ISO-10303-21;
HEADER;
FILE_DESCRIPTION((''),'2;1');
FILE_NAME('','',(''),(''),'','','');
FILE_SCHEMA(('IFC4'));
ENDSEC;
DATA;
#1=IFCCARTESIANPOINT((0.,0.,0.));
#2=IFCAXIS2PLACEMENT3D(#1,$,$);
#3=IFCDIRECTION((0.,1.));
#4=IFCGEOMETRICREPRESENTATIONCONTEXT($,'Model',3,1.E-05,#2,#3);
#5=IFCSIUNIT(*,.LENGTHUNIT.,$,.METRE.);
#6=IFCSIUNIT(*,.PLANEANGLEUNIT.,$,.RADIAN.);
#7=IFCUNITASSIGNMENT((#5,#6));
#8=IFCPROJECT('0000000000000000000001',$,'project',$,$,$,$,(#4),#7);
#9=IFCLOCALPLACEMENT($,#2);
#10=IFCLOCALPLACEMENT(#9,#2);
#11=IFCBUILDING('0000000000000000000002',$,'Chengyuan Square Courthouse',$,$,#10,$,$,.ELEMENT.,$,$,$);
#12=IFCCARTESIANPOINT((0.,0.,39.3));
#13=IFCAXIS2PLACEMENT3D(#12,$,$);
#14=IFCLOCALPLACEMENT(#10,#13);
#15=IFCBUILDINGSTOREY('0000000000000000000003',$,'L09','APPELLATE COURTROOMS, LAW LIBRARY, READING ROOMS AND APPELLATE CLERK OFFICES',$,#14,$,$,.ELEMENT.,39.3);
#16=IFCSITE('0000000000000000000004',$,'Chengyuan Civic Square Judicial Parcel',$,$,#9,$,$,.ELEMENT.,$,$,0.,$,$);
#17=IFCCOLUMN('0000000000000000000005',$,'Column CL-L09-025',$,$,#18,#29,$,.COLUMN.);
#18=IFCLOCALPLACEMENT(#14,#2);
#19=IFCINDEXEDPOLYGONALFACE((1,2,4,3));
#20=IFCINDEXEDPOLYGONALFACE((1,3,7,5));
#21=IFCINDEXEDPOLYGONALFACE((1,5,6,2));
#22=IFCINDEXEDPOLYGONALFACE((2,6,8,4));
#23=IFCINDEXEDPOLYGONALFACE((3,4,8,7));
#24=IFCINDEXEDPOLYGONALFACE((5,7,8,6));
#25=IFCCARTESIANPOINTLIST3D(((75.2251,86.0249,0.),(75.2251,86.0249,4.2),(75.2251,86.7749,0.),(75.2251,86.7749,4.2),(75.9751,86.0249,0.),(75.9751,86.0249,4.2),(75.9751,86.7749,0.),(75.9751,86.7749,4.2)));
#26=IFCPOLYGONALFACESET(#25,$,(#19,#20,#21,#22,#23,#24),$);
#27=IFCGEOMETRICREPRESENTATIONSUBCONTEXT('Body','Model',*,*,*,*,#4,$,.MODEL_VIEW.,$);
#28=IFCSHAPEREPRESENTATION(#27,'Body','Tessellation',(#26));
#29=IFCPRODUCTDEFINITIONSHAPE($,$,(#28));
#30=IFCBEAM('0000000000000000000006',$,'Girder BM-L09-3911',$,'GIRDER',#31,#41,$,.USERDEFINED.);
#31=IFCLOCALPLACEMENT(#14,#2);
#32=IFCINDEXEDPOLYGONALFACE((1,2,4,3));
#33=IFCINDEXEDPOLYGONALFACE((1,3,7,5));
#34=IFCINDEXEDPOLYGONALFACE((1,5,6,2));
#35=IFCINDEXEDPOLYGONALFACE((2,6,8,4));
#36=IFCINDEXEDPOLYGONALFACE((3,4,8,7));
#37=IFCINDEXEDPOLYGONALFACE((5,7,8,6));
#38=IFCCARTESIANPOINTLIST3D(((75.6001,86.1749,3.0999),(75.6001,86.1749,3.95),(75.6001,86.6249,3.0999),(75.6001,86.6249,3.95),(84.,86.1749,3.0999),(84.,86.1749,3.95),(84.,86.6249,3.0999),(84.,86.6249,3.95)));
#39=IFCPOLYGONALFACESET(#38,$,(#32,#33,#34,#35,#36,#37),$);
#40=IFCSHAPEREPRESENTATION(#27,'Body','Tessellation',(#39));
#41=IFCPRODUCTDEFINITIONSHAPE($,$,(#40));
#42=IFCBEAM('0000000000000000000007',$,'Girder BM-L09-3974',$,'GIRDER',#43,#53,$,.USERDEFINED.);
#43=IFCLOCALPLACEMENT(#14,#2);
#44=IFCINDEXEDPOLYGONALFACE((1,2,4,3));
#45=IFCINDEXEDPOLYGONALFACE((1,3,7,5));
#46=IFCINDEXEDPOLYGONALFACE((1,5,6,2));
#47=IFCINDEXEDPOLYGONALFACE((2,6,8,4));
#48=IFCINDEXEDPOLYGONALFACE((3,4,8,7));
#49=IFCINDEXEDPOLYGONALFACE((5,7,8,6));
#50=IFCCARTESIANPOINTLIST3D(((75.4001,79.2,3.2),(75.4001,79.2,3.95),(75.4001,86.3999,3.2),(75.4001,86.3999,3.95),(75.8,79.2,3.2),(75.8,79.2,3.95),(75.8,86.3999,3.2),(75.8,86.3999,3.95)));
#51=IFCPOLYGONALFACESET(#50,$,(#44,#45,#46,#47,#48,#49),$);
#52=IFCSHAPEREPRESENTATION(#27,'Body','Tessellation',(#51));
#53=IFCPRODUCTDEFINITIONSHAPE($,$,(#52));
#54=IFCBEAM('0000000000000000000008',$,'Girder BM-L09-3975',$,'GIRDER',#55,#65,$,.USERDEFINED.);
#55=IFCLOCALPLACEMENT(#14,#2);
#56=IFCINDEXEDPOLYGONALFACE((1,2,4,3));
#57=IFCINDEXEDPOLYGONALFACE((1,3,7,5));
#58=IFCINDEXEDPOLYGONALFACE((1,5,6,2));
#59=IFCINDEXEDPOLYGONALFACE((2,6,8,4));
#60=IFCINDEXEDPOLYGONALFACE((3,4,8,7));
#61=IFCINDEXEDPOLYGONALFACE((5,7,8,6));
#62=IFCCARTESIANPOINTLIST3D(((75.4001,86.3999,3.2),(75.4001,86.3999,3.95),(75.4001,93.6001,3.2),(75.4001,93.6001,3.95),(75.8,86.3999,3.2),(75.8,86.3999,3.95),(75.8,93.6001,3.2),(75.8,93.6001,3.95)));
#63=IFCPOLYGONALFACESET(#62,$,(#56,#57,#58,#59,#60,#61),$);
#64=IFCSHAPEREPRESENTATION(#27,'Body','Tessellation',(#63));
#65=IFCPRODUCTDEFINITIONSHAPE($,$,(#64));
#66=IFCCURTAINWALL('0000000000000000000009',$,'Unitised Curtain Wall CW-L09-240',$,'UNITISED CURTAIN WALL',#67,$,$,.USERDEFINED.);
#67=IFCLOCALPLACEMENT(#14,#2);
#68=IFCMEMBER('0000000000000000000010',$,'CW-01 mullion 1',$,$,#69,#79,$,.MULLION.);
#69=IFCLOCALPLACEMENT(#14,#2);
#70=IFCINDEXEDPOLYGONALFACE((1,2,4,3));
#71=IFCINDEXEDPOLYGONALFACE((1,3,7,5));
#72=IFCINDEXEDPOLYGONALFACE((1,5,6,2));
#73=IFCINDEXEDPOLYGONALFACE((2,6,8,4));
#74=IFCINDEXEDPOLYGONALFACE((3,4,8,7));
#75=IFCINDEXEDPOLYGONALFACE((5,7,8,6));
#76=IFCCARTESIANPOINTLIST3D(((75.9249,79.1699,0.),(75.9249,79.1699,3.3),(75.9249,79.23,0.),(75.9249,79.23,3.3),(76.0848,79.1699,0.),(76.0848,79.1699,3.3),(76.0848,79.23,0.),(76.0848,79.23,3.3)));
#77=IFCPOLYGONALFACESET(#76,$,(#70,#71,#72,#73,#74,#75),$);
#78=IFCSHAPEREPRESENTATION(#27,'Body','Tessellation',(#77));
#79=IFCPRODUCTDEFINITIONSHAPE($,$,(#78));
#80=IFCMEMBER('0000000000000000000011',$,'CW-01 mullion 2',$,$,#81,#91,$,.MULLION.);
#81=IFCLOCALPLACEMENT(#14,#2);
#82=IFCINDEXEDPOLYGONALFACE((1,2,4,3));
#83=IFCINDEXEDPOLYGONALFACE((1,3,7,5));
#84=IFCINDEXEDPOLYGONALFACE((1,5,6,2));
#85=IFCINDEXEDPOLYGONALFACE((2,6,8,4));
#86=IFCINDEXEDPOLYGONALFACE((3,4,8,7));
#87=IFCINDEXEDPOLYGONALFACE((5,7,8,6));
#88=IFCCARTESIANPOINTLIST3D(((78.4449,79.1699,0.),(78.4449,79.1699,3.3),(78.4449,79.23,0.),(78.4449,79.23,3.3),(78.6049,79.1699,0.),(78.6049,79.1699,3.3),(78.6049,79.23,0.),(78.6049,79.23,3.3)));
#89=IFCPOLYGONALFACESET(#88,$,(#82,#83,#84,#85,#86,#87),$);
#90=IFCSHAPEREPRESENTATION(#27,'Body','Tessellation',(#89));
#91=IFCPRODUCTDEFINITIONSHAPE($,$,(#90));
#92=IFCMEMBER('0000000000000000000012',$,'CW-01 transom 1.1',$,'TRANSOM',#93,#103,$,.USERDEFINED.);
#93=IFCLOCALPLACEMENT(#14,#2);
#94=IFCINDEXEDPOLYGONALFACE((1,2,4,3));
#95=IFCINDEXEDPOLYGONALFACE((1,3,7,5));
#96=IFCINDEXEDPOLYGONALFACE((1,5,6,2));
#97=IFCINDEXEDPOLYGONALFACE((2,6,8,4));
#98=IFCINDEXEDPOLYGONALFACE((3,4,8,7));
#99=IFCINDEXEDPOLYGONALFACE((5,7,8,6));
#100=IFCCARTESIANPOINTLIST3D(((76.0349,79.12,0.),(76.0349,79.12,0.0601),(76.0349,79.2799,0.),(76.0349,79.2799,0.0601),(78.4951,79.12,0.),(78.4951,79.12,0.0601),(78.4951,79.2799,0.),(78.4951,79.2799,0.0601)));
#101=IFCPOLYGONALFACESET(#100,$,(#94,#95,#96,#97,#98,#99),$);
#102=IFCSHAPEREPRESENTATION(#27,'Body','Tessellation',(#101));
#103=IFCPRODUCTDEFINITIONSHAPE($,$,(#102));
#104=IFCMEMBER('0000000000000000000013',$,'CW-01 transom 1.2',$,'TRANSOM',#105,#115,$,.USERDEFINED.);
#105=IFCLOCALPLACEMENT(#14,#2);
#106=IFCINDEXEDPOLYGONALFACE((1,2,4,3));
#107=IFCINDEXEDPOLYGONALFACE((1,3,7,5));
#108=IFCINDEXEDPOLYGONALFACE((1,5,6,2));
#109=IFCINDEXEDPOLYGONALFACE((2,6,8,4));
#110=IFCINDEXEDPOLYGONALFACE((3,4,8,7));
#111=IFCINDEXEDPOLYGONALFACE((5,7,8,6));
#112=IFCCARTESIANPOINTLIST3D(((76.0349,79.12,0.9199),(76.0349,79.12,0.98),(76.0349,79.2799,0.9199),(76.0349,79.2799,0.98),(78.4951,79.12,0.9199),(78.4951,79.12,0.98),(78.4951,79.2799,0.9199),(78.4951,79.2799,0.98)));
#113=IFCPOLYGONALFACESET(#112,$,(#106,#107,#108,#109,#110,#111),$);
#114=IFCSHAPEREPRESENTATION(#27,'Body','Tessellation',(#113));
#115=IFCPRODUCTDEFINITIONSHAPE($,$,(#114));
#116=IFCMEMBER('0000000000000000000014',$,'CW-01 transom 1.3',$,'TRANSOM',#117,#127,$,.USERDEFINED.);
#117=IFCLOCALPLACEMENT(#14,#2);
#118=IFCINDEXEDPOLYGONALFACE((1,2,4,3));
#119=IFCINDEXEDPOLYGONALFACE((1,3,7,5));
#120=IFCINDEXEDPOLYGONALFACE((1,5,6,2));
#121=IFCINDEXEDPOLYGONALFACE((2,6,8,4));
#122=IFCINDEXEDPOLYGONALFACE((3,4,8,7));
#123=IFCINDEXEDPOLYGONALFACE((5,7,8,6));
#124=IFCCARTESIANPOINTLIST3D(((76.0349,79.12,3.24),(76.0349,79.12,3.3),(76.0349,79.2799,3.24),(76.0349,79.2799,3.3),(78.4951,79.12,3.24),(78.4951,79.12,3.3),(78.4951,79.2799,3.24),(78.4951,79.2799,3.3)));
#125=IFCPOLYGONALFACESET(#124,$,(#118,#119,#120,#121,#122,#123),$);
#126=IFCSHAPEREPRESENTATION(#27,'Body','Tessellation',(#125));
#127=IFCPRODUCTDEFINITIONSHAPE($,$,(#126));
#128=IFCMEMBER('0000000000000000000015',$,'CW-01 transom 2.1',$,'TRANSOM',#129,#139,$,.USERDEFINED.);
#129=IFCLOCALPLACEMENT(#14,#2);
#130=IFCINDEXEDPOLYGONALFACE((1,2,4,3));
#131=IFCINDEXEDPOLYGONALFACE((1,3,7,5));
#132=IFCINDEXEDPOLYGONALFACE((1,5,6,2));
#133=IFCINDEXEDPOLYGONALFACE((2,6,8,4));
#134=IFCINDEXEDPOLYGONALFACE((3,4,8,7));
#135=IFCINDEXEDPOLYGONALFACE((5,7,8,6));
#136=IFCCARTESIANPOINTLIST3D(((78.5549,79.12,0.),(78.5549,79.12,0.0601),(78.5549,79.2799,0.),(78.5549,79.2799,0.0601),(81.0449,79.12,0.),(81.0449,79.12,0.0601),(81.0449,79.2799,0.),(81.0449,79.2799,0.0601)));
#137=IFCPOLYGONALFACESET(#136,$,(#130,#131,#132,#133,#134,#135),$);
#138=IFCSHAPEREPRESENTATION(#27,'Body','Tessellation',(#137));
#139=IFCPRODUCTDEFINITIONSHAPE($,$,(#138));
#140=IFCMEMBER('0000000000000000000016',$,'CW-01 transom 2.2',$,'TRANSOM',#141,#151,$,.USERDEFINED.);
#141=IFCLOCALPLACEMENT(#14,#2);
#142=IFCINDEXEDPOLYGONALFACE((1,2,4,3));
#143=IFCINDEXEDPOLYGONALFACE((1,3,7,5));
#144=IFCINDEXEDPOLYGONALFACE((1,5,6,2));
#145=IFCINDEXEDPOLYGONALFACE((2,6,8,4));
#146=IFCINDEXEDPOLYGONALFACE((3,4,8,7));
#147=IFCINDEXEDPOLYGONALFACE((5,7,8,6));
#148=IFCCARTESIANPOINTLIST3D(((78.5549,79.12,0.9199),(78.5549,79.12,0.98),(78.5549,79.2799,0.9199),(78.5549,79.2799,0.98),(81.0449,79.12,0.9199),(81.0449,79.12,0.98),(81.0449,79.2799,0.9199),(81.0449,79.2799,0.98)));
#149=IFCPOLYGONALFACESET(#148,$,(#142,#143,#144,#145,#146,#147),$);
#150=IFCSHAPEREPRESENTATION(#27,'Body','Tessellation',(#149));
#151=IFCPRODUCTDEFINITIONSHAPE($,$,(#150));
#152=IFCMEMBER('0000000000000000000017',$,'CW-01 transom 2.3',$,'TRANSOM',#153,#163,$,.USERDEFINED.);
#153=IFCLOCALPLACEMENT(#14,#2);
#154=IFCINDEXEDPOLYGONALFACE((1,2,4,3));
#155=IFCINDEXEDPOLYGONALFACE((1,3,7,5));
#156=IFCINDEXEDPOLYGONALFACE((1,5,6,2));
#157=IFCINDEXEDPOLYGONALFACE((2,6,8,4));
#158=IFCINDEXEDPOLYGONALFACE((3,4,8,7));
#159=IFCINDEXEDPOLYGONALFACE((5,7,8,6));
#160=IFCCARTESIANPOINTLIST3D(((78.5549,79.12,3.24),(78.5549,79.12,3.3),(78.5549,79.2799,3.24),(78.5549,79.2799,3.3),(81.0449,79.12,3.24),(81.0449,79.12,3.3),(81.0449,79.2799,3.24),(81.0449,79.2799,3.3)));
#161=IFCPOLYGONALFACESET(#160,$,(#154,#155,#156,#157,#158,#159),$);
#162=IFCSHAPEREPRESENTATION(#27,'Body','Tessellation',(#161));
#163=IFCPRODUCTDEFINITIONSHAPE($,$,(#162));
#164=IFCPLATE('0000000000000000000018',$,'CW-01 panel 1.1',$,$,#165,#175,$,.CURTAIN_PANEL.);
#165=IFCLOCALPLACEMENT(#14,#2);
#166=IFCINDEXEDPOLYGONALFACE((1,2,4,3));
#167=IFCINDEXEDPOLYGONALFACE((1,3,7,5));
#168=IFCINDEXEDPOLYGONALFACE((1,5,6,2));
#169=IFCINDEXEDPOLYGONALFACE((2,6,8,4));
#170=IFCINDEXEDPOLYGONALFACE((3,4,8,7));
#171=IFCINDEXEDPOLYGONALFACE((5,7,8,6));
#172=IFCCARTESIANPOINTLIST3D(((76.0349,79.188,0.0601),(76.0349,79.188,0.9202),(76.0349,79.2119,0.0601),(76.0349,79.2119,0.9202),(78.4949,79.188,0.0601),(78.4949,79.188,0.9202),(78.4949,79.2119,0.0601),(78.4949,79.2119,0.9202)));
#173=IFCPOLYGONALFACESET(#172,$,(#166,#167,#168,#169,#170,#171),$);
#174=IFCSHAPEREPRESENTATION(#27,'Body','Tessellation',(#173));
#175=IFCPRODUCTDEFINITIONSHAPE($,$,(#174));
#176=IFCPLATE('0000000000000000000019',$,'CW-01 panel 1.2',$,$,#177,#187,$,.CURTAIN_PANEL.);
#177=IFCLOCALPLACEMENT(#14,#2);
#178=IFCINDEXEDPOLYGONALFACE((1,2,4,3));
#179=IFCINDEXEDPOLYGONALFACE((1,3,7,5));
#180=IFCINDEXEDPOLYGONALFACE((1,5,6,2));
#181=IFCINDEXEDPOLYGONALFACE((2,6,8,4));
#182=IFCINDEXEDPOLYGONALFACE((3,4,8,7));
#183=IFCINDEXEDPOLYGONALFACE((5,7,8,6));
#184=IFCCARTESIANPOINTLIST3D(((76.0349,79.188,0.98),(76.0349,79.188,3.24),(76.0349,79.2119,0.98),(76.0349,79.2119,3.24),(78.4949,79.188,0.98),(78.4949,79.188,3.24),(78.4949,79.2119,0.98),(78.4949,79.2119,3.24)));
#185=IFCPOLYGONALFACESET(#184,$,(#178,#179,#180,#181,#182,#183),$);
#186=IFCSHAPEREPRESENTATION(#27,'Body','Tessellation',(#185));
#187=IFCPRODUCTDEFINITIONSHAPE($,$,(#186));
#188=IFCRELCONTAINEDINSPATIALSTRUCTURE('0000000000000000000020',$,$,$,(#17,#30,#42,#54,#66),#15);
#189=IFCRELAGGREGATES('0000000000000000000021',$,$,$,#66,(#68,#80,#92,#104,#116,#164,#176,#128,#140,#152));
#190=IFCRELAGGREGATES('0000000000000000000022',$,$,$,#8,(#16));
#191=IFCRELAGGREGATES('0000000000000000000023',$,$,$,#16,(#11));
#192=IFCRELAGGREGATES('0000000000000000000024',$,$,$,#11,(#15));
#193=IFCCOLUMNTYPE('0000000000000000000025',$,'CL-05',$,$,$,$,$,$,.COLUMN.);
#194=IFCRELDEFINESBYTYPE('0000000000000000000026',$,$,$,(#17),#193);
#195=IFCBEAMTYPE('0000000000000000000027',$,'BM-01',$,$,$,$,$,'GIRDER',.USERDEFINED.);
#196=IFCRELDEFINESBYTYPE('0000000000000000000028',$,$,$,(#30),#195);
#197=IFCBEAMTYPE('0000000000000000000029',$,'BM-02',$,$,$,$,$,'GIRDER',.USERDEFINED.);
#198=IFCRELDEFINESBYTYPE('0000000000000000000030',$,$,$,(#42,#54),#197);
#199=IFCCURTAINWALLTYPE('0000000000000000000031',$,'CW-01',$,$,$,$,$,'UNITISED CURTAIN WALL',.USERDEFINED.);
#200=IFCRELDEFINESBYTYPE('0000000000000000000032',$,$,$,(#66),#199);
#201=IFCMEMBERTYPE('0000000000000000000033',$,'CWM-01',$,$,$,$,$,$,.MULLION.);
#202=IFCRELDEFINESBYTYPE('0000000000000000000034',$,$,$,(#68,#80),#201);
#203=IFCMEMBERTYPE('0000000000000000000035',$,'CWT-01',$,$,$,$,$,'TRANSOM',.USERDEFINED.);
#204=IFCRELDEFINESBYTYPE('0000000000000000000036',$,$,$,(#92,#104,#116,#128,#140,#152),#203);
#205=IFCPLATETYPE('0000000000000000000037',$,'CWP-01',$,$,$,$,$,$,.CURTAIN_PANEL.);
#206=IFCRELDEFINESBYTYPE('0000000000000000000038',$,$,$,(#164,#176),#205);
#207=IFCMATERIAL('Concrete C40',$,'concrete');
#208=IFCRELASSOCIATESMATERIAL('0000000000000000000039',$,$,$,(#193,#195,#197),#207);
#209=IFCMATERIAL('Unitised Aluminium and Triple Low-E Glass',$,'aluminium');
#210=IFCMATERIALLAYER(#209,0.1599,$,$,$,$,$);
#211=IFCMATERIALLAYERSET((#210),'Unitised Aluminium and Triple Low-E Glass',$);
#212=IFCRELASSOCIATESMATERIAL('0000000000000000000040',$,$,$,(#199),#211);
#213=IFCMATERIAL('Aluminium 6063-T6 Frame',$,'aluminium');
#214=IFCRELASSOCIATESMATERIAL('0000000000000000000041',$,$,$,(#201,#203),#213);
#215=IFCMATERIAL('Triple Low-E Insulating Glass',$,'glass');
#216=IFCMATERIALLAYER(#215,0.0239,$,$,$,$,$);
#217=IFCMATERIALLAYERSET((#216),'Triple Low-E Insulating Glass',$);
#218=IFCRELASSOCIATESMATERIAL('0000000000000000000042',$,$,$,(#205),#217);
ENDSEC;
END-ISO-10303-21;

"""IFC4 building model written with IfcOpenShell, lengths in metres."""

from ifc_helpers import new_model, si_unit, direction, frame, origin, origin_2d, place, context, subcontext, project, spatial, rectangle, extrude, material, layer, layer_set, material_profile, profile_set, type_object, element, aggregate, save


model = new_model("IFC4")

# Units and contexts
model_context = context("Model", 3, precision=1e-05, world=origin(), true_north=direction((0.0, 1.0)))
body_context = subcontext(model_context, "Body", "Model", "MODEL_VIEW")
ifc_project = project(units=[si_unit("LENGTHUNIT", "METRE"), si_unit("PLANEANGLEUNIT", "RADIAN")], contexts=[model_context])

# Site, building, storey
site_placement = place(None, origin())
site = spatial("IfcSite", under=ifc_project, at=site_placement, Name="Chengyuan Civic Square Judicial Parcel", CompositionType="ELEMENT", RefElevation=0.0)
building_placement = place(site_placement, origin())
building = spatial("IfcBuilding", under=site, at=building_placement, Name="Chengyuan Square Courthouse", CompositionType="ELEMENT")
storey_placement = place(building_placement, frame((0.0, 0.0, 39.3)))
storey = spatial("IfcBuildingStorey", under=building, at=storey_placement, Name="L09", Description="APPELLATE COURTROOMS, LAW LIBRARY, READING ROOMS AND APPELLATE CLERK OFFICES", CompositionType="ELEMENT", Elevation=39.3)

# Column
ifc_material_1 = material(Name="Concrete C40", Category="concrete")
ifc_material_profile_1 = material_profile(ifc_material_1, rectangle(XDim=0.75, YDim=0.75, at=origin_2d()), Name="RC-COL-750x750")
ifc_profile_set_1 = profile_set([ifc_material_profile_1], Name="Concrete C40")
column_type = type_object("IfcColumnType", Name="CL-05", PredefinedType="COLUMN", material=ifc_profile_set_1)
column_placement = place(storey_placement, frame((75.6001, 86.3999, 0.0), z_axis=(0.0, 0.0, 1.0), x_axis=(1.0, 0.0, 0.0)))
element("IfcColumn", 1, at=column_placement, inside=storey, type_object=column_type, Name="Column CL-L09-025", PredefinedType="COLUMN", context=body_context, shape_type="SweptSolid", body=[
    extrude(rectangle(XDim=0.75, YDim=0.75, at=origin_2d()), origin(), (0.0, 0.0, 1.0), 4.2),
])

# Beams
ifc_material_profile_2 = material_profile(ifc_material_1, rectangle(XDim=0.45, YDim=0.8501, at=origin_2d()), Name="RC-BM-450x850")
ifc_profile_set_2 = profile_set([ifc_material_profile_2], Name="Concrete C40")
beam_type_1 = type_object("IfcBeamType", Name="BM-01", ElementType="GIRDER", PredefinedType="USERDEFINED", material=ifc_profile_set_2)
beam_1_placement = place(storey_placement, frame((75.6001, 86.3999, 3.5249), z_axis=(1.0, 0.0, 0.0), x_axis=(0.0, 1.0, 0.0)))
element("IfcBeam", 2, at=beam_1_placement, inside=storey, type_object=beam_type_1, Name="Girder BM-L09-3911", ObjectType="GIRDER", PredefinedType="USERDEFINED", context=body_context, shape_type="SweptSolid", body=[
    extrude(rectangle(XDim=0.45, YDim=0.8501, at=origin_2d()), origin(), (0.0, 0.0, 1.0), 8.3999),
])
ifc_material_profile_3 = material_profile(ifc_material_1, rectangle(XDim=0.3999, YDim=0.75, at=origin_2d()), Name="RC-BM-400x750")
ifc_profile_set_3 = profile_set([ifc_material_profile_3], Name="Concrete C40")
beam_type_2 = type_object("IfcBeamType", Name="BM-02", ElementType="GIRDER", PredefinedType="USERDEFINED", material=ifc_profile_set_3)
beam_2_placement = place(storey_placement, frame((75.6001, 79.2, 3.575), z_axis=(0.0, 1.0, 0.0), x_axis=(-1.0, 0.0, 0.0)))
element("IfcBeam", 3, at=beam_2_placement, inside=storey, type_object=beam_type_2, Name="Girder BM-L09-3974", ObjectType="GIRDER", PredefinedType="USERDEFINED", context=body_context, shape_type="SweptSolid", body=[
    extrude(rectangle(XDim=0.3999, YDim=0.75, at=origin_2d()), origin(), (0.0, 0.0, 1.0), 7.2),
])
beam_3_placement = place(storey_placement, frame((75.6001, 86.3999, 3.575), z_axis=(0.0, 1.0, 0.0), x_axis=(-1.0, 0.0, 0.0)))
element("IfcBeam", 4, at=beam_3_placement, inside=storey, type_object=beam_type_2, Name="Girder BM-L09-3975", ObjectType="GIRDER", PredefinedType="USERDEFINED", context=body_context, shape_type="SweptSolid", body=[
    extrude(rectangle(XDim=0.3999, YDim=0.75, at=origin_2d()), origin(), (0.0, 0.0, 1.0), 7.2002),
])

# Curtain wall, members, plates
ifc_material_2 = material(Name="Unitised Aluminium and Triple Low-E Glass", Category="aluminium")
ifc_layer_1 = layer(ifc_material_2, 0.1599)
ifc_layer_set_1 = layer_set([ifc_layer_1], Name="Unitised Aluminium and Triple Low-E Glass")
curtain_wall_type = type_object("IfcCurtainWallType", Name="CW-01", ElementType="UNITISED CURTAIN WALL", PredefinedType="USERDEFINED", material=ifc_layer_set_1)
curtain_wall_placement = place(storey_placement, origin())
curtain_wall = element("IfcCurtainWall", 5, at=curtain_wall_placement, inside=storey, type_object=curtain_wall_type, Name="Unitised Curtain Wall CW-L09-240", ObjectType="UNITISED CURTAIN WALL", PredefinedType="USERDEFINED")
ifc_material_3 = material(Name="Aluminium 6063-T6 Frame", Category="aluminium")
ifc_material_profile_4 = material_profile(ifc_material_3, rectangle(XDim=0.0601, YDim=0.1599, at=origin_2d()), Name="CW-MUL-60x160")
ifc_profile_set_4 = profile_set([ifc_material_profile_4], Name="Aluminium 6063-T6 Frame")
member_type_1 = type_object("IfcMemberType", Name="CWM-01", PredefinedType="MULLION", material=ifc_profile_set_4)
member_1_placement = place(storey_placement, frame((76.0049, 79.2, 0.0), z_axis=(0.0, 0.0, 1.0), x_axis=(0.0, 1.0, 0.0)))
member_1 = element("IfcMember", 6, at=member_1_placement, type_object=member_type_1, Name="CW-01 mullion 1", PredefinedType="MULLION", context=body_context, shape_type="SweptSolid", body=[
    extrude(rectangle(XDim=0.0601, YDim=0.1599, at=origin_2d()), origin(), (0.0, 0.0, 1.0), 3.3),
])
member_2_placement = place(storey_placement, frame((78.5249, 79.2, 0.0), z_axis=(0.0, 0.0, 1.0), x_axis=(0.0, 1.0, 0.0)))
member_2 = element("IfcMember", 7, at=member_2_placement, type_object=member_type_1, Name="CW-01 mullion 2", PredefinedType="MULLION", context=body_context, shape_type="SweptSolid", body=[
    extrude(rectangle(XDim=0.0601, YDim=0.1599, at=origin_2d()), origin(), (0.0, 0.0, 1.0), 3.3),
])
ifc_material_profile_5 = material_profile(ifc_material_3, rectangle(XDim=0.1599, YDim=0.0601, at=origin_2d()), Name="CW-TRN-60x120")
ifc_profile_set_5 = profile_set([ifc_material_profile_5], Name="Aluminium 6063-T6 Frame")
member_type_2 = type_object("IfcMemberType", Name="CWT-01", ElementType="TRANSOM", PredefinedType="USERDEFINED", material=ifc_profile_set_5)
member_3_placement = place(storey_placement, frame((76.0349, 79.2, 0.03), z_axis=(1.0, 0.0, 0.0), x_axis=(0.0, 1.0, 0.0)))
member_3 = element("IfcMember", 8, at=member_3_placement, type_object=member_type_2, Name="CW-01 transom 1.1", ObjectType="TRANSOM", PredefinedType="USERDEFINED", context=body_context, shape_type="SweptSolid", body=[
    extrude(rectangle(XDim=0.1599, YDim=0.0601, at=origin_2d()), origin(), (0.0, 0.0, 1.0), 2.4602),
])
member_4_placement = place(storey_placement, frame((76.0349, 79.2, 0.95), z_axis=(1.0, 0.0, 0.0), x_axis=(0.0, 1.0, 0.0)))
member_4 = element("IfcMember", 9, at=member_4_placement, type_object=member_type_2, Name="CW-01 transom 1.2", ObjectType="TRANSOM", PredefinedType="USERDEFINED", context=body_context, shape_type="SweptSolid", body=[
    extrude(rectangle(XDim=0.1599, YDim=0.0601, at=origin_2d()), origin(), (0.0, 0.0, 1.0), 2.4602),
])
member_5_placement = place(storey_placement, frame((76.0349, 79.2, 3.27), z_axis=(1.0, 0.0, 0.0), x_axis=(0.0, 1.0, 0.0)))
member_5 = element("IfcMember", 10, at=member_5_placement, type_object=member_type_2, Name="CW-01 transom 1.3", ObjectType="TRANSOM", PredefinedType="USERDEFINED", context=body_context, shape_type="SweptSolid", body=[
    extrude(rectangle(XDim=0.1599, YDim=0.0601, at=origin_2d()), origin(), (0.0, 0.0, 1.0), 2.4602),
])
member_6_placement = place(storey_placement, frame((78.5549, 79.2, 0.03), z_axis=(1.0, 0.0, 0.0), x_axis=(0.0, 1.0, 0.0)))
member_6 = element("IfcMember", 11, at=member_6_placement, type_object=member_type_2, Name="CW-01 transom 2.1", ObjectType="TRANSOM", PredefinedType="USERDEFINED", context=body_context, shape_type="SweptSolid", body=[
    extrude(rectangle(XDim=0.1599, YDim=0.0601, at=origin_2d()), origin(), (0.0, 0.0, 1.0), 2.49),
])
member_7_placement = place(storey_placement, frame((78.5549, 79.2, 0.95), z_axis=(1.0, 0.0, 0.0), x_axis=(0.0, 1.0, 0.0)))
member_7 = element("IfcMember", 12, at=member_7_placement, type_object=member_type_2, Name="CW-01 transom 2.2", ObjectType="TRANSOM", PredefinedType="USERDEFINED", context=body_context, shape_type="SweptSolid", body=[
    extrude(rectangle(XDim=0.1599, YDim=0.0601, at=origin_2d()), origin(), (0.0, 0.0, 1.0), 2.49),
])
member_8_placement = place(storey_placement, frame((78.5549, 79.2, 3.27), z_axis=(1.0, 0.0, 0.0), x_axis=(0.0, 1.0, 0.0)))
member_8 = element("IfcMember", 13, at=member_8_placement, type_object=member_type_2, Name="CW-01 transom 2.3", ObjectType="TRANSOM", PredefinedType="USERDEFINED", context=body_context, shape_type="SweptSolid", body=[
    extrude(rectangle(XDim=0.1599, YDim=0.0601, at=origin_2d()), origin(), (0.0, 0.0, 1.0), 2.49),
])
ifc_material_4 = material(Name="Triple Low-E Insulating Glass", Category="glass")
ifc_layer_2 = layer(ifc_material_4, 0.0239)
ifc_layer_set_2 = layer_set([ifc_layer_2], Name="Triple Low-E Insulating Glass")
plate_type = type_object("IfcPlateType", Name="CWP-01", PredefinedType="CURTAIN_PANEL", material=ifc_layer_set_2)
plate_1_placement = place(storey_placement, frame((77.2649, 79.2, 0.0601), z_axis=(0.0, 0.0, 1.0), x_axis=(1.0, 0.0, 0.0)))
plate_1 = element("IfcPlate", 14, at=plate_1_placement, type_object=plate_type, Name="CW-01 panel 1.1", PredefinedType="CURTAIN_PANEL", context=body_context, shape_type="SweptSolid", body=[
    extrude(rectangle(XDim=2.46, YDim=0.0239, at=origin_2d()), origin(), (0.0, 0.0, 1.0), 0.8601),
])
plate_2_placement = place(storey_placement, frame((77.2649, 79.2, 0.98), z_axis=(0.0, 0.0, 1.0), x_axis=(1.0, 0.0, 0.0)))
plate_2 = element("IfcPlate", 15, at=plate_2_placement, type_object=plate_type, Name="CW-01 panel 1.2", PredefinedType="CURTAIN_PANEL", context=body_context, shape_type="SweptSolid", body=[
    extrude(rectangle(XDim=2.46, YDim=0.0239, at=origin_2d()), origin(), (0.0, 0.0, 1.0), 2.26),
])
aggregate(curtain_wall, [member_1, member_2, member_3, member_4, member_5, plate_1, plate_2, member_6, member_7, member_8])

save(model, "model.ifc")
